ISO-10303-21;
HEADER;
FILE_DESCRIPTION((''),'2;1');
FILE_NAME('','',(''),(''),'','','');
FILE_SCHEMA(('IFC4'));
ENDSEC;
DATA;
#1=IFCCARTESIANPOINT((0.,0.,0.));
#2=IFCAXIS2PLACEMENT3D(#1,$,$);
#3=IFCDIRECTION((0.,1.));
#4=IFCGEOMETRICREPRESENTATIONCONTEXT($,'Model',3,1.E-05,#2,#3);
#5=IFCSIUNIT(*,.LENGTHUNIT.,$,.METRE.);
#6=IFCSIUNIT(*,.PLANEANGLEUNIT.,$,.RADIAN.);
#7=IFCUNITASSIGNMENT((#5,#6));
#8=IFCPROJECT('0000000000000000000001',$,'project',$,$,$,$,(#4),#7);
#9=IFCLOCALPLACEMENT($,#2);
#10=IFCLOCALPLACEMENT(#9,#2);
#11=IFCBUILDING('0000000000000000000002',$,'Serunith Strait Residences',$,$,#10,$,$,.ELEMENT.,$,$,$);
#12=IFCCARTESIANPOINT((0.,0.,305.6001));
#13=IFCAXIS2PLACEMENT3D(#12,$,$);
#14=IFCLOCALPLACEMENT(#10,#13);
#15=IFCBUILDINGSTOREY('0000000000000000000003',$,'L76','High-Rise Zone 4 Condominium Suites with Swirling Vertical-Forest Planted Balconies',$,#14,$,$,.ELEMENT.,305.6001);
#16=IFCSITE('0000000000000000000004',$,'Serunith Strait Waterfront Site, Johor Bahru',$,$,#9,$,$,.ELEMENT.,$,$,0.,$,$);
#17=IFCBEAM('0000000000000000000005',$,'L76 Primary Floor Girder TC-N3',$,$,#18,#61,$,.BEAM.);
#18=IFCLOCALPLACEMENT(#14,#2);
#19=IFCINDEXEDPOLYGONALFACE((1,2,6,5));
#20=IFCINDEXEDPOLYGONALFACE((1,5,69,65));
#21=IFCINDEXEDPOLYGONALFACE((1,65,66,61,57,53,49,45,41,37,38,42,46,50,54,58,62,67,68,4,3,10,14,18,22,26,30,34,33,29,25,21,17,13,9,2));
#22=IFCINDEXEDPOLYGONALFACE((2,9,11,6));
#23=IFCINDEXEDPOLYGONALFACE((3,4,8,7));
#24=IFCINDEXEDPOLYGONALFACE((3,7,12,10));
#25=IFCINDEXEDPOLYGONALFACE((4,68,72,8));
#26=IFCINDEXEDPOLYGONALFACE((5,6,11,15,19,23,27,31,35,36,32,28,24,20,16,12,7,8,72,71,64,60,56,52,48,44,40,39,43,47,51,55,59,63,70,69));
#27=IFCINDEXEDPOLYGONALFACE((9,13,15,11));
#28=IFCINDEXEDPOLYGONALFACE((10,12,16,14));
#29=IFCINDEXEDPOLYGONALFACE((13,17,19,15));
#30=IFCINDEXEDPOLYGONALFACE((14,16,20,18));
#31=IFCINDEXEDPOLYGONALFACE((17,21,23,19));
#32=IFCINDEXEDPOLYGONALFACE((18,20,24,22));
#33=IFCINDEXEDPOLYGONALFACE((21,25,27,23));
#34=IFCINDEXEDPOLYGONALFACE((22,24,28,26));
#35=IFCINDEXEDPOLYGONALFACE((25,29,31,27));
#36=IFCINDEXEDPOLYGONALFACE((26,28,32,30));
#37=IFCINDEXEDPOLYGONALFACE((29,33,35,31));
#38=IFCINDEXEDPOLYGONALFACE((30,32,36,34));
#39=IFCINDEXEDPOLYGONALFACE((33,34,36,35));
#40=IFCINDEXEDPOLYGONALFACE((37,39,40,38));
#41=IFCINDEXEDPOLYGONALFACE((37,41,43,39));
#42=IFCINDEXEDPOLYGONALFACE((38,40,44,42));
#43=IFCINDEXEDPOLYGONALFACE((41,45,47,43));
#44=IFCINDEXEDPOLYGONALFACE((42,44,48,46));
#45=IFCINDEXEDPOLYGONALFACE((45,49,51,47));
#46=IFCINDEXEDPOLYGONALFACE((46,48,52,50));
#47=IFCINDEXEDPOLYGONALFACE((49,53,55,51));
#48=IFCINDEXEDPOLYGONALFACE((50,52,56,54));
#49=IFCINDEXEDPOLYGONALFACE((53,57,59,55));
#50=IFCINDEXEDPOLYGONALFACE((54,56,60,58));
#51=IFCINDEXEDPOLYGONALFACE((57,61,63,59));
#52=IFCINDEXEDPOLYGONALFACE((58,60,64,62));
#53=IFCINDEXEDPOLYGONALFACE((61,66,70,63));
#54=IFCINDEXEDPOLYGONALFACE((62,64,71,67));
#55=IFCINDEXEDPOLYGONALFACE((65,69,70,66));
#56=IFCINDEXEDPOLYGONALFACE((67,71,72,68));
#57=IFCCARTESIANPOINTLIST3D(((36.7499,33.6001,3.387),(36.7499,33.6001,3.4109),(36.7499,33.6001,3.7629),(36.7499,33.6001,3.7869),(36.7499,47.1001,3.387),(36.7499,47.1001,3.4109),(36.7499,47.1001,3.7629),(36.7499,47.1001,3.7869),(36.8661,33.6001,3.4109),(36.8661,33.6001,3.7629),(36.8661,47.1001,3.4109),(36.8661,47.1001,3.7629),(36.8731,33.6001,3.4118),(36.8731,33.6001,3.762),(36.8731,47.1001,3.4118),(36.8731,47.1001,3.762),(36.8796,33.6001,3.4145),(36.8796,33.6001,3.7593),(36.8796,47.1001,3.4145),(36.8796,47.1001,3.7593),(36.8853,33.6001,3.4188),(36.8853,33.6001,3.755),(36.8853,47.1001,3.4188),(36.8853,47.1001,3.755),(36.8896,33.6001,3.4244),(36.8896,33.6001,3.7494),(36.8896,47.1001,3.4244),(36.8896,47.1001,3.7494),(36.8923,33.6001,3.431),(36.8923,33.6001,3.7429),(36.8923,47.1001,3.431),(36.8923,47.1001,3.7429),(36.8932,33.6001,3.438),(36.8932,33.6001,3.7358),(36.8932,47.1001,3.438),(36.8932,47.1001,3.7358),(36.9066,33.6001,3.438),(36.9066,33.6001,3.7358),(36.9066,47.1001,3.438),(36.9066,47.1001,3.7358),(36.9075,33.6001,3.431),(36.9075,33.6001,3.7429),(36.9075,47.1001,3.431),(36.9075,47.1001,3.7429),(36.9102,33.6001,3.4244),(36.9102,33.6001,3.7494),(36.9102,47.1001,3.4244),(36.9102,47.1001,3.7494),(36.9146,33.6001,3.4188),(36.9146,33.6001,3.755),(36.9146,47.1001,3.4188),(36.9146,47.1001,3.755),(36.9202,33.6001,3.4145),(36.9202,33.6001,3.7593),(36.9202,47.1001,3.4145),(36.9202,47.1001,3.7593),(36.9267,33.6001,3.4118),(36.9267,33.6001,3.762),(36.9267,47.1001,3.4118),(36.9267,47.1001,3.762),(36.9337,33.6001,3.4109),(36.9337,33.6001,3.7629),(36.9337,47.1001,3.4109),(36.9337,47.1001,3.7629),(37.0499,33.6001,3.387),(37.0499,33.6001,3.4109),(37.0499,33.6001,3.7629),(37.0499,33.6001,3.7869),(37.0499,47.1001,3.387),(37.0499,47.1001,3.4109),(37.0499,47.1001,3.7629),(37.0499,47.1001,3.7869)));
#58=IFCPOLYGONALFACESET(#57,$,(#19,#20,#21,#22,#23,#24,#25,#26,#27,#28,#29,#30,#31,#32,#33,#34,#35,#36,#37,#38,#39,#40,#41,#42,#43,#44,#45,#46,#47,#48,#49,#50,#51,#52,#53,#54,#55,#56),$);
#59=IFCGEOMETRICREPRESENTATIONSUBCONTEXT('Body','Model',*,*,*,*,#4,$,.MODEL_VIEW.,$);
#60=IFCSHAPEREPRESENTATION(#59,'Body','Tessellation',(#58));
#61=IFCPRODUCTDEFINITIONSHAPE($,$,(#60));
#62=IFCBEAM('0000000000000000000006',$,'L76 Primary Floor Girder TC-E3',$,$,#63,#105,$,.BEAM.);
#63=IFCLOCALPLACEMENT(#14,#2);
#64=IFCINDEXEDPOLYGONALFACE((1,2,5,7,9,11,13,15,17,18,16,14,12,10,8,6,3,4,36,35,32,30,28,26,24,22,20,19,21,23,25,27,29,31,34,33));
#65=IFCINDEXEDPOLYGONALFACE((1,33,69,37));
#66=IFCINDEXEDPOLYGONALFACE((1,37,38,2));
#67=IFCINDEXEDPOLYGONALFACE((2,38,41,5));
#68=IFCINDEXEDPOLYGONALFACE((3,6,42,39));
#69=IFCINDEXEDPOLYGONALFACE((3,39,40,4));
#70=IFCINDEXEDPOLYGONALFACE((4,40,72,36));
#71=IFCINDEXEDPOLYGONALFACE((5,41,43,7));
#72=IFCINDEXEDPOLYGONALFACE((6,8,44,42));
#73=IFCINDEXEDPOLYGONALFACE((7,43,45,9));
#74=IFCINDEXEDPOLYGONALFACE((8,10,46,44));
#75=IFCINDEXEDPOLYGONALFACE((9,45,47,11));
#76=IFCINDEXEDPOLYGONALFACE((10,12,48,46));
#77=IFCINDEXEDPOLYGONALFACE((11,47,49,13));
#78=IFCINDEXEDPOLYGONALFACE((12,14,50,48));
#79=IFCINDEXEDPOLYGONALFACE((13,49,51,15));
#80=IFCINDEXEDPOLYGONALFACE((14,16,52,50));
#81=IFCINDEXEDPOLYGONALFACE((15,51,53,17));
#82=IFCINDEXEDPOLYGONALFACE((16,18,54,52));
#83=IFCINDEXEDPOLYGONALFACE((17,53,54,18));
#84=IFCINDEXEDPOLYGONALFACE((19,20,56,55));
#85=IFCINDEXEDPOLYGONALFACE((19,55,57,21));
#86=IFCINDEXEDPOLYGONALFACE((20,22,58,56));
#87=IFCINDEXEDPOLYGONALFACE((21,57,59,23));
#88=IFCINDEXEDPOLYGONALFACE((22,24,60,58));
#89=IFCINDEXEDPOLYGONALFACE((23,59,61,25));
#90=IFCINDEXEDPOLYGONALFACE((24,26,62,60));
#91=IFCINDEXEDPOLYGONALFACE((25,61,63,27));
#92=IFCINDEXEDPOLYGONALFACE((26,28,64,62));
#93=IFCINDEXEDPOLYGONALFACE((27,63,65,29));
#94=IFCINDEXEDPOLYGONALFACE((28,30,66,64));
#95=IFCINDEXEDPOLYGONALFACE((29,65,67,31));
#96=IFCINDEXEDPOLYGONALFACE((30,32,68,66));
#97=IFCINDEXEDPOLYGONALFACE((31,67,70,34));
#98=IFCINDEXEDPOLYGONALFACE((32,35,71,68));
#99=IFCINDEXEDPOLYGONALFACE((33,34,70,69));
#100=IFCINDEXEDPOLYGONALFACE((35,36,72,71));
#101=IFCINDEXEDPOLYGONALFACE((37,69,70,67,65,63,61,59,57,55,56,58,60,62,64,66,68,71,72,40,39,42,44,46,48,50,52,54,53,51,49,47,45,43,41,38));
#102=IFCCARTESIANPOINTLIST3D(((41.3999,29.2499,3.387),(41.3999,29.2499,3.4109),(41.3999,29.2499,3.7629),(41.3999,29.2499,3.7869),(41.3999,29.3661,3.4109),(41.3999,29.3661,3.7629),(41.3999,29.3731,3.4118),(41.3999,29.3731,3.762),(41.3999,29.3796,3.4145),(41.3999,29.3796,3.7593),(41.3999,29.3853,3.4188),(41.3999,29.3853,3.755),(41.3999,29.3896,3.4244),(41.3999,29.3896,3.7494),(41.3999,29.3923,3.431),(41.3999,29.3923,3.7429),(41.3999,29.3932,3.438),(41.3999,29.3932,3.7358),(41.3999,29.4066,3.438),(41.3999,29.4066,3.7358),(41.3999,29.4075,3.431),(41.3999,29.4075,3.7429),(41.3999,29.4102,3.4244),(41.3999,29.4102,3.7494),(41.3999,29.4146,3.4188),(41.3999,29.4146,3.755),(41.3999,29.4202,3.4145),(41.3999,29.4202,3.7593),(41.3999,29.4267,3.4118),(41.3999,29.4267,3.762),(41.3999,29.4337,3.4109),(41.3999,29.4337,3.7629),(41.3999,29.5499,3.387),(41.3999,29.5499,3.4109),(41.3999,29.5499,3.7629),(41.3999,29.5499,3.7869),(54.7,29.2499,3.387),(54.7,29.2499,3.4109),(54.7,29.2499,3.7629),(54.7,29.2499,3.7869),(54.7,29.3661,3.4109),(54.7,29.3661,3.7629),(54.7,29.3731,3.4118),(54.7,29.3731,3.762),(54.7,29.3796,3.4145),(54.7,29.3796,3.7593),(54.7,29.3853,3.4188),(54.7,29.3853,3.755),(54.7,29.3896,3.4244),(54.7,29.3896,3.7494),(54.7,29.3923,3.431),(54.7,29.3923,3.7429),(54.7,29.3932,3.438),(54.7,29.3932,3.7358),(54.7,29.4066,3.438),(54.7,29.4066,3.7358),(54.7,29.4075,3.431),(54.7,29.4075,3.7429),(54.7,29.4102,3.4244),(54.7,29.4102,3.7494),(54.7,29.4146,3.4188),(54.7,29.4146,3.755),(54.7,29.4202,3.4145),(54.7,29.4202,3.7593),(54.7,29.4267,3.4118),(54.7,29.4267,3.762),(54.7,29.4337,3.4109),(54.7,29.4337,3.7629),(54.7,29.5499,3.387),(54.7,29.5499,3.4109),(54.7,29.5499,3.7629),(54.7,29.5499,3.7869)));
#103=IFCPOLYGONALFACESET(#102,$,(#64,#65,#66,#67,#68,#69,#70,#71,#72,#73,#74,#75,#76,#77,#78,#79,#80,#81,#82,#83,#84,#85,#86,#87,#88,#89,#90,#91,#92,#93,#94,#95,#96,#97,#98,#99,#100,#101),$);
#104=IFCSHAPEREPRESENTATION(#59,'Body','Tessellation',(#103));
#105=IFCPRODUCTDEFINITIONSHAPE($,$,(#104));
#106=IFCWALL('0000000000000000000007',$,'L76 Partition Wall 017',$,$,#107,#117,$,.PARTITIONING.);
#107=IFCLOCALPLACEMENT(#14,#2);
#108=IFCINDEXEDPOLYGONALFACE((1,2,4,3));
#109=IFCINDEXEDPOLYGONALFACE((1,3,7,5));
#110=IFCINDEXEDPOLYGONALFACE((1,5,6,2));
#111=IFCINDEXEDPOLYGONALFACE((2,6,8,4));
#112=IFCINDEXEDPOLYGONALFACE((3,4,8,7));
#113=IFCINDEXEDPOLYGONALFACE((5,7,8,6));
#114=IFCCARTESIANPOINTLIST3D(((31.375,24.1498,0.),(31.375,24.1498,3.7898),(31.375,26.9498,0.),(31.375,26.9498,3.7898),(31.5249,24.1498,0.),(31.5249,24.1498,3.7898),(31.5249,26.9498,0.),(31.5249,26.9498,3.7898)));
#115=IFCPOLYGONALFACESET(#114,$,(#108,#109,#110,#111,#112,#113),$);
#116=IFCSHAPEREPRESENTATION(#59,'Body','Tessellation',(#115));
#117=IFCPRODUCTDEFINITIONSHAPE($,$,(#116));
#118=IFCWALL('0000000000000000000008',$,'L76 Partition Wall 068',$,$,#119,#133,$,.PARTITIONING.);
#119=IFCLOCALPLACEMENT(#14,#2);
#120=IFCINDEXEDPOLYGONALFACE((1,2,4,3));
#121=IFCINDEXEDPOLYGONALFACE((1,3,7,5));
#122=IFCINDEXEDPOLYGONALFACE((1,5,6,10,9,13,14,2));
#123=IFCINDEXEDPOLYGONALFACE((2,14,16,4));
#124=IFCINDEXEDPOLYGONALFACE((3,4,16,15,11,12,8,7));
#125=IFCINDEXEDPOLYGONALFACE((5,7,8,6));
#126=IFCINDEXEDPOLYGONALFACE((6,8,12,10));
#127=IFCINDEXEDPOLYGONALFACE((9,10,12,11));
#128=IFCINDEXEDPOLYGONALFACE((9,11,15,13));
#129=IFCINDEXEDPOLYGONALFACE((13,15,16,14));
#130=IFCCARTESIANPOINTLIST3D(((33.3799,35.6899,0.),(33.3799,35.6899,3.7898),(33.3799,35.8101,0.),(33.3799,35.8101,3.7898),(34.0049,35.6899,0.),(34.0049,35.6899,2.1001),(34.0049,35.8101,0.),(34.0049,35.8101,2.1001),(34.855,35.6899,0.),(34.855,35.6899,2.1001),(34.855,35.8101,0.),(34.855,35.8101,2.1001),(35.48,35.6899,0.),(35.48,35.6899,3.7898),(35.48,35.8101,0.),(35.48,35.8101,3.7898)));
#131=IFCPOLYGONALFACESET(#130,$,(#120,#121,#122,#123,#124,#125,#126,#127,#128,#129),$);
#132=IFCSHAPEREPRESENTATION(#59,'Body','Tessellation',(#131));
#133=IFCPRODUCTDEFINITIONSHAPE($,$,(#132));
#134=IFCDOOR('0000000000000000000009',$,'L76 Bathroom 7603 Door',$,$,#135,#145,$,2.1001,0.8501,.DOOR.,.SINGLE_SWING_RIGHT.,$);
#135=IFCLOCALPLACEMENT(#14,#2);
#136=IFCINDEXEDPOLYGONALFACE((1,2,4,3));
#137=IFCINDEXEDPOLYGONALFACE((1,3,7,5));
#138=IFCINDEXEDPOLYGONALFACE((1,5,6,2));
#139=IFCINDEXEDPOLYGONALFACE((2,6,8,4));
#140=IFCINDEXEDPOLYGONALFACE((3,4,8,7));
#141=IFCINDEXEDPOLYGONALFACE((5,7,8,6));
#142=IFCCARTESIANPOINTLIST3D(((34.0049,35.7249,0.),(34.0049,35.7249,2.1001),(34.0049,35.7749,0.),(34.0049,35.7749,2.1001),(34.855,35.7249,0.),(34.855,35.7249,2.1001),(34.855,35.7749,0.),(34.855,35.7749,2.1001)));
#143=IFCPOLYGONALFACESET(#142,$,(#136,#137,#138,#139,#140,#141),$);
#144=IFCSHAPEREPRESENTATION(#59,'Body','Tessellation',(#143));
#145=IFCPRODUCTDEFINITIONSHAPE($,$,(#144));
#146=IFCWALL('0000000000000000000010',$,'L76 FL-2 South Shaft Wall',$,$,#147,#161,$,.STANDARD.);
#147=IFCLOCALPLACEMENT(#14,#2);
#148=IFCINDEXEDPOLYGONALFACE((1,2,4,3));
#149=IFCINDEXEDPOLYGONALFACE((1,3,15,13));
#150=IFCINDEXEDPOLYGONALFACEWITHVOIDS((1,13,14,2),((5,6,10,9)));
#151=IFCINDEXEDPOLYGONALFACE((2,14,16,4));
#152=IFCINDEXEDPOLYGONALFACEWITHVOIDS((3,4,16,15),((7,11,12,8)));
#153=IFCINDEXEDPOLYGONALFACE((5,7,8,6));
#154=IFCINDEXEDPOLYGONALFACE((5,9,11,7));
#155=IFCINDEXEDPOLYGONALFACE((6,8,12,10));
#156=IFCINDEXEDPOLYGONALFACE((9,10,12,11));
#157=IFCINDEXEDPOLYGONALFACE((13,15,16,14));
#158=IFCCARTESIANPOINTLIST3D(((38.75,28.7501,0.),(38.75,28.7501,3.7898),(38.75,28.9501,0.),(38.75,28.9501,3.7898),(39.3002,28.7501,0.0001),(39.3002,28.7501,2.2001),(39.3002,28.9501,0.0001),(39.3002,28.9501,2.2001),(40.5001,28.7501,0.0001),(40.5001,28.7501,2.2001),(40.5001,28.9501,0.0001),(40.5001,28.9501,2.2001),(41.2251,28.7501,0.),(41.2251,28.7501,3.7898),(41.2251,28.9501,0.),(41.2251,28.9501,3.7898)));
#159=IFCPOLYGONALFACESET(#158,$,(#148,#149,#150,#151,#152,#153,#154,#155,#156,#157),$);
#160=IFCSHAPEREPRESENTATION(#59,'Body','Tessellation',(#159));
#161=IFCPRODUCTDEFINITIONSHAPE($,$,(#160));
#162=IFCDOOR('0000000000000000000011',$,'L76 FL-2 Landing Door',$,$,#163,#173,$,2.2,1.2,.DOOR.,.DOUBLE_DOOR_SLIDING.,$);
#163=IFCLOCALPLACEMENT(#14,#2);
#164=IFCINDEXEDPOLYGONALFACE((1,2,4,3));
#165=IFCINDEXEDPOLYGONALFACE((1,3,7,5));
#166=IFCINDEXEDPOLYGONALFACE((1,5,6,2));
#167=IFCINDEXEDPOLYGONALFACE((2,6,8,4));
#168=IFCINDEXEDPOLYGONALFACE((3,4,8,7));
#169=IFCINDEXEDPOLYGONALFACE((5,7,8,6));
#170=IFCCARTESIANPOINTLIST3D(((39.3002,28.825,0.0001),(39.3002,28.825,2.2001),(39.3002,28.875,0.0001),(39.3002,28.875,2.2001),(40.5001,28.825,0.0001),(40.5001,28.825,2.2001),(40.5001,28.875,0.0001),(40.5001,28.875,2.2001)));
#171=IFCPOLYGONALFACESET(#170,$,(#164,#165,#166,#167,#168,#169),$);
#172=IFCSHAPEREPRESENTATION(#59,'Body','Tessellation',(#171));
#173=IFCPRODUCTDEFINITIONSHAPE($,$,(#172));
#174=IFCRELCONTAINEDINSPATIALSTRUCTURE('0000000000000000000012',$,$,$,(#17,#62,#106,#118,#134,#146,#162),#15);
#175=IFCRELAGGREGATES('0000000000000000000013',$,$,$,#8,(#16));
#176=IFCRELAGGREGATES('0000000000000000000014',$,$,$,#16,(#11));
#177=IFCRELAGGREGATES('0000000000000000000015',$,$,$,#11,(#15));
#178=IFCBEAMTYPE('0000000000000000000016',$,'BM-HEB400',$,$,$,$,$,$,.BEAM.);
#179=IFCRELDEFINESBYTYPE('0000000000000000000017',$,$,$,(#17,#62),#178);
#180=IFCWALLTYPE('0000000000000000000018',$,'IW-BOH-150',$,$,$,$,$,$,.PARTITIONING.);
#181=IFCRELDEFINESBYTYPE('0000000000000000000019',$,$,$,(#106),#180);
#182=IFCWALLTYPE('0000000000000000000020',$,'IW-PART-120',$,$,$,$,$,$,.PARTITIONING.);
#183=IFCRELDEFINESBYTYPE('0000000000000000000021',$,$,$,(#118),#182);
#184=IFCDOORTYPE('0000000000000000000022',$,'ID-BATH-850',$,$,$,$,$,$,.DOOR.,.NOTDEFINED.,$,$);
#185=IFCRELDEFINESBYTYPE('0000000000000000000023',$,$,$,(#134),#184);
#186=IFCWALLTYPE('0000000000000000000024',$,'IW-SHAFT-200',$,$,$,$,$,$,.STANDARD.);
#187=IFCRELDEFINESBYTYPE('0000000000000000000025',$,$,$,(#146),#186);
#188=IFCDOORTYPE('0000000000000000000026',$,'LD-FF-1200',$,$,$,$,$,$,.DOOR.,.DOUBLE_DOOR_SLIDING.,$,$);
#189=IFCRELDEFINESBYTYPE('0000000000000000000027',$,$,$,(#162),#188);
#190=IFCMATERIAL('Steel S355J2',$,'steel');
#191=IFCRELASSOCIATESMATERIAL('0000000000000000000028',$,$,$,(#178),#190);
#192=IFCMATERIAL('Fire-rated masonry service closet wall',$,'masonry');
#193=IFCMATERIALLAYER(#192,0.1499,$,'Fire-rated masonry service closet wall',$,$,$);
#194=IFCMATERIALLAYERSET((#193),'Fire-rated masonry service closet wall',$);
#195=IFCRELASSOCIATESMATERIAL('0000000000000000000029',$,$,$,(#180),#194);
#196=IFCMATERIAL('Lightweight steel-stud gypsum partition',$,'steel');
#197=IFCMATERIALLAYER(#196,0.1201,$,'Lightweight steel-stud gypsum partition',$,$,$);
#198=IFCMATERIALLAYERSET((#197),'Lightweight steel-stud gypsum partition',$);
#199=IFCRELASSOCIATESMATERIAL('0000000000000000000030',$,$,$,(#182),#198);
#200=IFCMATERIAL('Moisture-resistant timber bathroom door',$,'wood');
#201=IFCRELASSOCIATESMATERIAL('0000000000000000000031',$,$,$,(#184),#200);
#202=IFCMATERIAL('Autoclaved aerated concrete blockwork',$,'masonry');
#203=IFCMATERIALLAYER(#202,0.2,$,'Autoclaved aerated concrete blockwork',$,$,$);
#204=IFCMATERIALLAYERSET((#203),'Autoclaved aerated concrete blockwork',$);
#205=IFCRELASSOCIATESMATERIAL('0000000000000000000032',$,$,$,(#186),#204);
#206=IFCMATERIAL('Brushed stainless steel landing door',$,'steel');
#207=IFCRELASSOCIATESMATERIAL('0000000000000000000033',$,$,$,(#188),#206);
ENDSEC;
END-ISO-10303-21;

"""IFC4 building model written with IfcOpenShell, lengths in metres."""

from ifc_helpers import new_model, si_unit, direction, frame, frame_2d, origin, origin_2d, place, context, subcontext, project, spatial, rectangle, i_section, extrude, source, transform, mapped, material, layer, layer_set, material_profile, profile_set, type_object, element, fill, save


model = new_model("IFC4")

# Units and contexts
model_context = context("Model", 3, precision=1e-05, world=origin(), true_north=direction((0.0, 1.0)))
body_context = subcontext(model_context, "Body", "Model", "MODEL_VIEW")
ifc_project = project(units=[si_unit("LENGTHUNIT", "METRE"), si_unit("PLANEANGLEUNIT", "RADIAN")], contexts=[model_context])

# Site, building, storey
site_placement = place(None, origin())
site = spatial("IfcSite", under=ifc_project, at=site_placement, Name="Serunith Strait Waterfront Site, Johor Bahru", CompositionType="ELEMENT", RefElevation=0.0)
building_placement = place(site_placement, origin())
building = spatial("IfcBuilding", under=site, at=building_placement, Name="Serunith Strait Residences", CompositionType="ELEMENT")
storey_placement = place(building_placement, frame((0.0, 0.0, 305.6001)))
storey = spatial("IfcBuildingStorey", under=building, at=storey_placement, Name="L76", Description="High-Rise Zone 4 Condominium Suites with Swirling Vertical-Forest Planted Balconies", CompositionType="ELEMENT", Elevation=305.6001)

# Beams
ifc_material_1 = material(Name="Steel S355J2", Category="steel")
ifc_material_profile = material_profile(ifc_material_1, i_section(OverallWidth=0.3, OverallDepth=0.3999, WebThickness=0.0134, FlangeThickness=0.0239, FilletRadius=0.0271, at=origin_2d()), Name="HEB 400")
ifc_profile_set = profile_set([ifc_material_profile], Name="Steel S355J2")
beam_type = type_object("IfcBeamType", Name="BM-HEB400", PredefinedType="BEAM", material=ifc_profile_set)
shared_shape_1 = source(origin(), body_context, "Body", "SweptSolid", [
    extrude(i_section(OverallWidth=0.3, OverallDepth=0.3999, WebThickness=0.0134, FlangeThickness=0.0239, FilletRadius=0.0271, at=origin_2d()), origin(), (0.0, 0.0, 1.0), 13.5),
])
beam_1_placement = place(storey_placement, frame((36.8999, 33.6001, 3.5869), z_axis=(0.0, 1.0, 0.0), x_axis=(-1.0, 0.0, 0.0)))
element("IfcBeam", 1, at=beam_1_placement, inside=storey, type_object=beam_type, Name="L76 Primary Floor Girder TC-N3", PredefinedType="BEAM", context=body_context, shape_type="MappedRepresentation", body=[
    mapped(shared_shape_1, transform((0.0, 0.0, 0.0), scale=1.0)),
])
shared_shape_2 = source(origin(), body_context, "Body", "SweptSolid", [
    extrude(i_section(OverallWidth=0.3, OverallDepth=0.3999, WebThickness=0.0134, FlangeThickness=0.0239, FilletRadius=0.0271, at=origin_2d()), origin(), (0.0, 0.0, 1.0), 13.3),
])
beam_2_placement = place(storey_placement, frame((41.3999, 29.3999, 3.5869), z_axis=(1.0, 0.0, 0.0), x_axis=(0.0, 1.0, 0.0)))
element("IfcBeam", 2, at=beam_2_placement, inside=storey, type_object=beam_type, Name="L76 Primary Floor Girder TC-E3", PredefinedType="BEAM", context=body_context, shape_type="MappedRepresentation", body=[
    mapped(shared_shape_2, transform((0.0, 0.0, 0.0), scale=1.0)),
])

# Wall
ifc_material_2 = material(Name="Fire-rated masonry service closet wall", Category="masonry")
ifc_layer_1 = layer(ifc_material_2, 0.1499, Name="Fire-rated masonry service closet wall")
ifc_layer_set_1 = layer_set([ifc_layer_1], Name="Fire-rated masonry service closet wall")
wall_type_1 = type_object("IfcWallType", Name="IW-BOH-150", PredefinedType="PARTITIONING", material=ifc_layer_set_1)
wall_1_placement = place(storey_placement, frame((31.45, 24.1499, 0.0), z_axis=(0.0, 0.0, 1.0), x_axis=(0.0, 1.0, 0.0)))
element("IfcWall", 3, at=wall_1_placement, inside=storey, type_object=wall_type_1, Name="L76 Partition Wall 017", PredefinedType="PARTITIONING", context=body_context, shape_type="SweptSolid", body=[
    extrude(rectangle(XDim=2.8, YDim=0.1499, at=frame_2d((1.3999, 0.0))), origin(), (0.0, 0.0, 1.0), 3.7898),
])

# Walls, openings, doors
ifc_material_3 = material(Name="Lightweight steel-stud gypsum partition", Category="steel")
ifc_layer_2 = layer(ifc_material_3, 0.1201, Name="Lightweight steel-stud gypsum partition")
ifc_layer_set_2 = layer_set([ifc_layer_2], Name="Lightweight steel-stud gypsum partition")
wall_type_2 = type_object("IfcWallType", Name="IW-PART-120", PredefinedType="PARTITIONING", material=ifc_layer_set_2)
wall_2_placement = place(storey_placement, frame((33.3799, 35.75, 0.0), z_axis=(0.0, 0.0, 1.0), x_axis=(1.0, 0.0, 0.0)))
wall_2 = element("IfcWall", 4, at=wall_2_placement, inside=storey, type_object=wall_type_2, Name="L76 Partition Wall 068", PredefinedType="PARTITIONING", context=body_context, shape_type="SweptSolid", body=[
    extrude(rectangle(XDim=2.1001, YDim=0.1201, at=frame_2d((1.05, 0.0))), origin(), (0.0, 0.0, 1.0), 3.7898),
])
opening_1_placement = place(wall_2_placement, frame((0.625, 0.0, 0.0)))
opening_1 = element("IfcOpeningElement", 5, at=opening_1_placement, cuts=wall_2, PredefinedType="OPENING", context=body_context, shape_type="SweptSolid", body=[
    extrude(rectangle(XDim=0.8501, YDim=2.1001, at=frame_2d((0.425, 1.05))), frame((0.0, 0.0701, 0.0), z_axis=(0.0, -1.0, 0.0), x_axis=(1.0, 0.0, 0.0)), (0.0, 0.0, 1.0), 0.1401),
])
ifc_material_4 = material(Name="Moisture-resistant timber bathroom door", Category="wood")
door_type_1 = type_object("IfcDoorType", Name="ID-BATH-850", OperationType="NOTDEFINED", PredefinedType="DOOR", material=ifc_material_4)
shared_shape_3 = source(origin(), body_context, "Body", "SweptSolid", [
    extrude(rectangle(XDim=0.8501, YDim=2.1001, at=frame_2d((0.425, 1.05))), frame((0.0, 0.0249, 0.0), z_axis=(0.0, -1.0, 0.0), x_axis=(1.0, 0.0, 0.0)), (0.0, 0.0, 1.0), 0.05),
])
door_1_placement = place(opening_1_placement, origin())
door_1 = element("IfcDoor", 6, at=door_1_placement, inside=storey, type_object=door_type_1, Name="L76 Bathroom 7603 Door", OperationType="SINGLE_SWING_RIGHT", OverallHeight=2.1001, OverallWidth=0.8501, PredefinedType="DOOR", context=body_context, shape_type="MappedRepresentation", body=[
    mapped(shared_shape_3, transform((0.0, 0.0, 0.0), scale=1.0)),
])
fill(opening_1, door_1)
ifc_material_5 = material(Name="Autoclaved aerated concrete blockwork", Category="masonry")
ifc_layer_3 = layer(ifc_material_5, 0.2, Name="Autoclaved aerated concrete blockwork")
ifc_layer_set_3 = layer_set([ifc_layer_3], Name="Autoclaved aerated concrete blockwork")
wall_type_3 = type_object("IfcWallType", Name="IW-SHAFT-200", PredefinedType="STANDARD", material=ifc_layer_set_3)
wall_3_placement = place(storey_placement, frame((38.75, 28.8501, 0.0), z_axis=(0.0, 0.0, 1.0), x_axis=(1.0, 0.0, 0.0)))
wall_3 = element("IfcWall", 7, at=wall_3_placement, inside=storey, type_object=wall_type_3, Name="L76 FL-2 South Shaft Wall", PredefinedType="STANDARD", context=body_context, shape_type="SweptSolid", body=[
    extrude(rectangle(XDim=2.4751, YDim=0.2, at=frame_2d((1.2375, 0.0))), origin(), (0.0, 0.0, 1.0), 3.7898),
])
opening_2_placement = place(wall_3_placement, frame((0.55, 0.0, 0.0)))
opening_2 = element("IfcOpeningElement", 8, at=opening_2_placement, cuts=wall_3, PredefinedType="OPENING", context=body_context, shape_type="SweptSolid", body=[
    extrude(rectangle(XDim=1.2, YDim=2.2, at=frame_2d((0.6001, 1.1001))), frame((0.0, 0.1099, 0.0), z_axis=(0.0, -1.0, 0.0), x_axis=(1.0, 0.0, 0.0)), (0.0, 0.0, 1.0), 0.22),
])
ifc_material_6 = material(Name="Brushed stainless steel landing door", Category="steel")
door_type_2 = type_object("IfcDoorType", Name="LD-FF-1200", OperationType="DOUBLE_DOOR_SLIDING", PredefinedType="DOOR", material=ifc_material_6)
shared_shape_4 = source(origin(), body_context, "Body", "SweptSolid", [
    extrude(rectangle(XDim=1.2, YDim=2.2, at=frame_2d((0.6001, 1.1001))), frame((0.0, 0.0249, 0.0), z_axis=(0.0, -1.0, 0.0), x_axis=(1.0, 0.0, 0.0)), (0.0, 0.0, 1.0), 0.05),
])
door_2_placement = place(opening_2_placement, origin())
door_2 = element("IfcDoor", 9, at=door_2_placement, inside=storey, type_object=door_type_2, Name="L76 FL-2 Landing Door", OperationType="DOUBLE_DOOR_SLIDING", OverallHeight=2.2, OverallWidth=1.2, PredefinedType="DOOR", context=body_context, shape_type="MappedRepresentation", body=[
    mapped(shared_shape_4, transform((0.0, 0.0, 0.0), scale=1.0)),
])
fill(opening_2, door_2)

save(model, "model.ifc")
